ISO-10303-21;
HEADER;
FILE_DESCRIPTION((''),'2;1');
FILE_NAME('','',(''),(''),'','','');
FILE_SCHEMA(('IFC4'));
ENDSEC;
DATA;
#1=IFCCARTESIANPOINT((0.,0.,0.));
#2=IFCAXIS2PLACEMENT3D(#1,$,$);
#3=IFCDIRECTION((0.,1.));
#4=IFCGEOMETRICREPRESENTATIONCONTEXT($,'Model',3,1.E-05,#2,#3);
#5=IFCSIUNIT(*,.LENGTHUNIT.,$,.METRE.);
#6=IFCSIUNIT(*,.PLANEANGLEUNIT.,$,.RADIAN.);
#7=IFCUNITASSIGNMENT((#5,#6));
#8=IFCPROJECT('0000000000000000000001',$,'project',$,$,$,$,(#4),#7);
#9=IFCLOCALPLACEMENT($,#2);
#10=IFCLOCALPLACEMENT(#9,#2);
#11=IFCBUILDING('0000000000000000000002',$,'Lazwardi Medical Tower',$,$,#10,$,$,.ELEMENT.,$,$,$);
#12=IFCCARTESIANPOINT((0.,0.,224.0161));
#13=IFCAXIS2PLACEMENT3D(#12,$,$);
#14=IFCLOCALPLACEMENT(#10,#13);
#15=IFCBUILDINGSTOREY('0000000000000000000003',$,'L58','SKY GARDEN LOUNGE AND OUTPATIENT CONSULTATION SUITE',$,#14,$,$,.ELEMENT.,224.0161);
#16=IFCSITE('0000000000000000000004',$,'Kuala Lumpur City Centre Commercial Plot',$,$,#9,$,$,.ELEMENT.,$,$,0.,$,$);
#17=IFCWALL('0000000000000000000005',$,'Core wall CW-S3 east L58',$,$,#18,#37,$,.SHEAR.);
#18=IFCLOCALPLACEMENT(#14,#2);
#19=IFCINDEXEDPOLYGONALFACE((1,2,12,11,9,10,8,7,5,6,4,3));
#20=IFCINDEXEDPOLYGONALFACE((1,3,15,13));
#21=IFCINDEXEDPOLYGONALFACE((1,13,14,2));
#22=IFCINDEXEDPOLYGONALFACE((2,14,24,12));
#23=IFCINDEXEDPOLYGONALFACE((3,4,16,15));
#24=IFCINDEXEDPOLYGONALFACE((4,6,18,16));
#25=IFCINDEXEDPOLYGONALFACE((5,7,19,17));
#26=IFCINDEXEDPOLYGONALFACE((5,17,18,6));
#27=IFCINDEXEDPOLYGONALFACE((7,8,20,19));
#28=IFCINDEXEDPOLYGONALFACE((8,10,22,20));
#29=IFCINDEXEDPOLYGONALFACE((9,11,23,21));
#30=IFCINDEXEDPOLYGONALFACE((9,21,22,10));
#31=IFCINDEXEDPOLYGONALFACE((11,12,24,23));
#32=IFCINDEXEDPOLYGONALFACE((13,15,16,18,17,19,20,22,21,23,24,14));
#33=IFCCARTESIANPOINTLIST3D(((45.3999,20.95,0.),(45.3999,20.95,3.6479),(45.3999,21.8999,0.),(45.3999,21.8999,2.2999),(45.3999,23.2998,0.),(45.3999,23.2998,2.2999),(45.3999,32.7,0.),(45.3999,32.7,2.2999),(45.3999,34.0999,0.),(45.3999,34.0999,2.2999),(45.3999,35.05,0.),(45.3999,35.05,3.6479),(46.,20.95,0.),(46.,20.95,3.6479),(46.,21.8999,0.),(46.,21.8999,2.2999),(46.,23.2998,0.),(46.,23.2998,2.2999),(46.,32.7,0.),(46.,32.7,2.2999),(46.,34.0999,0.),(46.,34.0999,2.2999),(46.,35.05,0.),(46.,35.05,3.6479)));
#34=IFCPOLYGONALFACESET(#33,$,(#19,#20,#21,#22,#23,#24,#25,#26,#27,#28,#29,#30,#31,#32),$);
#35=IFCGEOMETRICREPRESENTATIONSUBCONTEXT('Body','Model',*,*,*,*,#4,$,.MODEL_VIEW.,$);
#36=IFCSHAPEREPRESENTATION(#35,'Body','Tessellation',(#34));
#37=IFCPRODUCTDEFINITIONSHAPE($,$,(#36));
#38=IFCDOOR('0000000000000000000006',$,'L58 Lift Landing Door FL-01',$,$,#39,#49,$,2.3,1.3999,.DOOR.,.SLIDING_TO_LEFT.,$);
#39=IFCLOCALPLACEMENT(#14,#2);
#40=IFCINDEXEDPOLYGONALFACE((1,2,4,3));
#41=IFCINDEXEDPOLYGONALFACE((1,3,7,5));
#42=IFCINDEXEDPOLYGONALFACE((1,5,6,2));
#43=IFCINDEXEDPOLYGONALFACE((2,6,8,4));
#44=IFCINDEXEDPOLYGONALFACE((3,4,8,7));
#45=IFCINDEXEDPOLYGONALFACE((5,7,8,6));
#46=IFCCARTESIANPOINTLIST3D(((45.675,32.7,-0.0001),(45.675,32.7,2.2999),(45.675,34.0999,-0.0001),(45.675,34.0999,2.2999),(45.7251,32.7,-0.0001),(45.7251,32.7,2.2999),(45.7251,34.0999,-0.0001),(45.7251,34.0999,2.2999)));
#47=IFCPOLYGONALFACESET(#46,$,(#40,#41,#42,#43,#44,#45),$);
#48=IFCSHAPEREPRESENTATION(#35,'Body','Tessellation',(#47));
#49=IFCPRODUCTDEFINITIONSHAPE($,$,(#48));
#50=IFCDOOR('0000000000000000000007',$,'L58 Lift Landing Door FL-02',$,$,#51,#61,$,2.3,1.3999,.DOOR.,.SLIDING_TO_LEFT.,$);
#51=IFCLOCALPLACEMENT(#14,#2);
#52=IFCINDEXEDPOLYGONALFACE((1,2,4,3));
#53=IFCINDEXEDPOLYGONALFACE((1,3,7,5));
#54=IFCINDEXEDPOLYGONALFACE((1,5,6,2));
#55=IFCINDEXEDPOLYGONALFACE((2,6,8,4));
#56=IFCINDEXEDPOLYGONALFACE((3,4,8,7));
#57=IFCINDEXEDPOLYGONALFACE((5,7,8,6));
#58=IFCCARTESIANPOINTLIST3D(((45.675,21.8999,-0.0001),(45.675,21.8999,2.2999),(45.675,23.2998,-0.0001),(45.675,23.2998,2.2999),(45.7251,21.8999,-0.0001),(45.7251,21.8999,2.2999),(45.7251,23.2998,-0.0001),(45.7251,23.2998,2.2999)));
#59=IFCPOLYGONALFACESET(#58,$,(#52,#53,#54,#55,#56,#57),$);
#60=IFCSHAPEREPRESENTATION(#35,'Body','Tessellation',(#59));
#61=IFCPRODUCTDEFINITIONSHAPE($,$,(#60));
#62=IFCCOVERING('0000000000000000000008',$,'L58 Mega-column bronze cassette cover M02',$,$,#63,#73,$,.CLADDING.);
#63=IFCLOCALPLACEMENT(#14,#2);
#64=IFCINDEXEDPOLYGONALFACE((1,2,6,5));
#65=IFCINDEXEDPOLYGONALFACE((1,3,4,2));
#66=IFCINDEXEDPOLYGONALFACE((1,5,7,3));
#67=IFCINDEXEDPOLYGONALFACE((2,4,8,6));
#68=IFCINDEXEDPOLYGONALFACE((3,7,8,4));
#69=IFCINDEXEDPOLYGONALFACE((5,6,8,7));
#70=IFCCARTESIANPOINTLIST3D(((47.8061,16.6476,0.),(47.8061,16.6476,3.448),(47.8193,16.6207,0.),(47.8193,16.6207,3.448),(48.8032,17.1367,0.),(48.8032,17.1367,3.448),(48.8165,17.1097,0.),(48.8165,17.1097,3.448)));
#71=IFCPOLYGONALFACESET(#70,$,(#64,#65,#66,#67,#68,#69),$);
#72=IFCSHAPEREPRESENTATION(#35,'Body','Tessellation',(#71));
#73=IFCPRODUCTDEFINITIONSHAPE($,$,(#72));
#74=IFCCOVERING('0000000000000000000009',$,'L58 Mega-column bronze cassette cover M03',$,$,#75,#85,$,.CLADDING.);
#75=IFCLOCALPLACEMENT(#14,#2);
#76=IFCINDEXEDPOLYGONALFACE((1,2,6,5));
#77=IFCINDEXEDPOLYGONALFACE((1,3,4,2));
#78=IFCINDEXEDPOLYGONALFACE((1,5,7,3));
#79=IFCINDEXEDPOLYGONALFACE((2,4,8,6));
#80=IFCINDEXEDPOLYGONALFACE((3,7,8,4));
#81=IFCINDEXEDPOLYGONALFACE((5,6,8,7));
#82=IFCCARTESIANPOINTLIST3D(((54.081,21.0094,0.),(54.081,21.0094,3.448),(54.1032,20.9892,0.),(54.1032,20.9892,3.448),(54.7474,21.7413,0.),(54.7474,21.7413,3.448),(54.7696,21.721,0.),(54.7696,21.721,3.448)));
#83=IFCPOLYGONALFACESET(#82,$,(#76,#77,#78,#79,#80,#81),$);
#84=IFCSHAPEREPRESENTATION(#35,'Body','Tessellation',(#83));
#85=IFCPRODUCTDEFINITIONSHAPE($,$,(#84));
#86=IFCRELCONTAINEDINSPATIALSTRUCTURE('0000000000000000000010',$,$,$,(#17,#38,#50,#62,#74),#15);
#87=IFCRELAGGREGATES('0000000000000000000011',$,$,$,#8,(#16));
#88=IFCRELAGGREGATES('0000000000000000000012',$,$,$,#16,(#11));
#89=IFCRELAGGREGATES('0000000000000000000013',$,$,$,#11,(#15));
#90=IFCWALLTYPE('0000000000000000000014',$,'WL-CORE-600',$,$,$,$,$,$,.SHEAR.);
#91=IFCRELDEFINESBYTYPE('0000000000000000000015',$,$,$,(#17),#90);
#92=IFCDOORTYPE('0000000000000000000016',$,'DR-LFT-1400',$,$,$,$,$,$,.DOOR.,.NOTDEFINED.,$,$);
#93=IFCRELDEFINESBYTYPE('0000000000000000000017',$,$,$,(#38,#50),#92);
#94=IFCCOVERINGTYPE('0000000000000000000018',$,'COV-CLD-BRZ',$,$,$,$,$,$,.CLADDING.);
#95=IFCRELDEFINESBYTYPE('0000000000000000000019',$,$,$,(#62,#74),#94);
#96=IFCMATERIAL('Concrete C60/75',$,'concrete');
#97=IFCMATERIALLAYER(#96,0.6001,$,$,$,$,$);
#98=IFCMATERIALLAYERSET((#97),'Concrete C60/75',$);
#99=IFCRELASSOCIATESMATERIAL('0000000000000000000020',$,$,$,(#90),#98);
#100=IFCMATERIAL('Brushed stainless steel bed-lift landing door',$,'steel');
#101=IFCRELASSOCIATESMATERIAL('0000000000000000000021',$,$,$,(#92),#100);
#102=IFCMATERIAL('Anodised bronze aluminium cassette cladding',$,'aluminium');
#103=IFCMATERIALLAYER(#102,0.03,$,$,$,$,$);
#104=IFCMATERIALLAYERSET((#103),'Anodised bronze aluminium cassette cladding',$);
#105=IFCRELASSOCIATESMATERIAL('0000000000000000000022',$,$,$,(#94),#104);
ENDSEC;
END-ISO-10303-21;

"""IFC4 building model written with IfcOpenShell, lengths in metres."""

from ifc_helpers import new_model, si_unit, direction, frame, frame_2d, origin, origin_2d, place, context, subcontext, project, spatial, rectangle, extrude, material, layer, layer_set, type_object, element, fill, save


model = new_model("IFC4")

# Units and contexts
model_context = context("Model", 3, precision=1e-05, world=origin(), true_north=direction((0.0, 1.0)))
body_context = subcontext(model_context, "Body", "Model", "MODEL_VIEW")
ifc_project = project(units=[si_unit("LENGTHUNIT", "METRE"), si_unit("PLANEANGLEUNIT", "RADIAN")], contexts=[model_context])

# Site, building, storey
site_placement = place(None, origin())
site = spatial("IfcSite", under=ifc_project, at=site_placement, Name="Kuala Lumpur City Centre Commercial Plot", CompositionType="ELEMENT", RefElevation=0.0)
building_placement = place(site_placement, origin())
building = spatial("IfcBuilding", under=site, at=building_placement, Name="Lazwardi Medical Tower", CompositionType="ELEMENT")
storey_placement = place(building_placement, frame((0.0, 0.0, 224.0161)))
storey = spatial("IfcBuildingStorey", under=building, at=storey_placement, Name="L58", Description="SKY GARDEN LOUNGE AND OUTPATIENT CONSULTATION SUITE", CompositionType="ELEMENT", Elevation=224.0161)

# Shared definitions
ifc_material_1 = material(Name="Concrete C60/75", Category="concrete")

# Wall, openings, doors
ifc_layer_1 = layer(ifc_material_1, 0.6001)
ifc_layer_set_1 = layer_set([ifc_layer_1], Name="Concrete C60/75")
wall_type = type_object("IfcWallType", Name="WL-CORE-600", PredefinedType="SHEAR", material=ifc_layer_set_1)
wall_placement = place(storey_placement, frame((45.7, 20.95, 0.0), z_axis=(0.0, 0.0, 1.0), x_axis=(0.0, 1.0, 0.0)))
wall = element("IfcWall", 1, at=wall_placement, inside=storey, type_object=wall_type, Name="Core wall CW-S3 east L58", PredefinedType="SHEAR", context=body_context, shape_type="SweptSolid", body=[
    extrude(rectangle(XDim=14.1001, YDim=0.6001, at=frame_2d((7.05, 0.0))), origin(), (0.0, 0.0, 1.0), 3.6479),
])
opening_1_placement = place(wall_placement, frame((11.75, 0.0, 0.0)))
opening_1 = element("IfcOpeningElement", 2, at=opening_1_placement, cuts=wall, PredefinedType="OPENING", context=body_context, shape_type="SweptSolid", body=[
    extrude(rectangle(XDim=1.3999, YDim=2.3, at=frame_2d((0.7, 1.1499))), frame((0.0, 0.3101, 0.0), z_axis=(0.0, -1.0, 0.0), x_axis=(1.0, 0.0, 0.0)), (0.0, 0.0, 1.0), 0.6201),
])
opening_2_placement = place(wall_placement, frame((0.95, 0.0, 0.0)))
opening_2 = element("IfcOpeningElement", 3, at=opening_2_placement, cuts=wall, PredefinedType="OPENING", context=body_context, shape_type="SweptSolid", body=[
    extrude(rectangle(XDim=1.3999, YDim=2.3, at=frame_2d((0.7, 1.1499))), frame((0.0, 0.3101, 0.0), z_axis=(0.0, -1.0, 0.0), x_axis=(1.0, 0.0, 0.0)), (0.0, 0.0, 1.0), 0.6201),
])
ifc_material_2 = material(Name="Brushed stainless steel bed-lift landing door", Category="steel")
door_type = type_object("IfcDoorType", Name="DR-LFT-1400", OperationType="NOTDEFINED", PredefinedType="DOOR", material=ifc_material_2)
door_1_placement = place(opening_1_placement, origin())
door_1 = element("IfcDoor", 4, at=door_1_placement, inside=storey, type_object=door_type, Name="L58 Lift Landing Door FL-01", OperationType="SLIDING_TO_LEFT", OverallHeight=2.3, OverallWidth=1.3999, PredefinedType="DOOR", context=body_context, shape_type="SweptSolid", body=[
    extrude(rectangle(XDim=1.3999, YDim=2.3, at=frame_2d((0.7, 1.1499))), frame((0.0, 0.0249, 0.0), z_axis=(0.0, -1.0, 0.0), x_axis=(1.0, 0.0, 0.0)), (0.0, 0.0, 1.0), 0.05),
])
fill(opening_1, door_1)
door_2_placement = place(opening_2_placement, origin())
door_2 = element("IfcDoor", 5, at=door_2_placement, inside=storey, type_object=door_type, Name="L58 Lift Landing Door FL-02", OperationType="SLIDING_TO_LEFT", OverallHeight=2.3, OverallWidth=1.3999, PredefinedType="DOOR", context=body_context, shape_type="SweptSolid", body=[
    extrude(rectangle(XDim=1.3999, YDim=2.3, at=frame_2d((0.7, 1.1499))), frame((0.0, 0.0249, 0.0), z_axis=(0.0, -1.0, 0.0), x_axis=(1.0, 0.0, 0.0)), (0.0, 0.0, 1.0), 0.05),
])
fill(opening_2, door_2)

# Coverings
ifc_material_3 = material(Name="Anodised bronze aluminium cassette cladding", Category="aluminium")
ifc_layer_2 = layer(ifc_material_3, 0.03)
ifc_layer_set_2 = layer_set([ifc_layer_2], Name="Anodised bronze aluminium cassette cladding")
covering_type = type_object("IfcCoveringType", Name="COV-CLD-BRZ", PredefinedType="CLADDING", material=ifc_layer_set_2)
covering_1_placement = place(storey_placement, frame((48.3113, 16.8787, 0.0), z_axis=(0.0, 0.0, 1.0), x_axis=(0.89784, 0.440322, 0.0)))
element("IfcCovering", 6, at=covering_1_placement, inside=storey, type_object=covering_type, Name="L58 Mega-column bronze cassette cover M02", PredefinedType="CLADDING", context=body_context, shape_type="SweptSolid", body=[
    extrude(rectangle(XDim=1.1106, YDim=0.03, at=origin_2d()), origin(), (0.0, 0.0, 1.0), 3.448),
])
covering_2_placement = place(storey_placement, frame((54.4253, 21.3652, 0.0), z_axis=(0.0, 0.0, 1.0), x_axis=(0.673241, 0.739423, 0.0)))
element("IfcCovering", 7, at=covering_2_placement, inside=storey, type_object=covering_type, Name="L58 Mega-column bronze cassette cover M03", PredefinedType="CLADDING", context=body_context, shape_type="SweptSolid", body=[
    extrude(rectangle(XDim=0.9897, YDim=0.03, at=origin_2d()), origin(), (0.0, 0.0, 1.0), 3.448),
])

save(model, "model.ifc")
